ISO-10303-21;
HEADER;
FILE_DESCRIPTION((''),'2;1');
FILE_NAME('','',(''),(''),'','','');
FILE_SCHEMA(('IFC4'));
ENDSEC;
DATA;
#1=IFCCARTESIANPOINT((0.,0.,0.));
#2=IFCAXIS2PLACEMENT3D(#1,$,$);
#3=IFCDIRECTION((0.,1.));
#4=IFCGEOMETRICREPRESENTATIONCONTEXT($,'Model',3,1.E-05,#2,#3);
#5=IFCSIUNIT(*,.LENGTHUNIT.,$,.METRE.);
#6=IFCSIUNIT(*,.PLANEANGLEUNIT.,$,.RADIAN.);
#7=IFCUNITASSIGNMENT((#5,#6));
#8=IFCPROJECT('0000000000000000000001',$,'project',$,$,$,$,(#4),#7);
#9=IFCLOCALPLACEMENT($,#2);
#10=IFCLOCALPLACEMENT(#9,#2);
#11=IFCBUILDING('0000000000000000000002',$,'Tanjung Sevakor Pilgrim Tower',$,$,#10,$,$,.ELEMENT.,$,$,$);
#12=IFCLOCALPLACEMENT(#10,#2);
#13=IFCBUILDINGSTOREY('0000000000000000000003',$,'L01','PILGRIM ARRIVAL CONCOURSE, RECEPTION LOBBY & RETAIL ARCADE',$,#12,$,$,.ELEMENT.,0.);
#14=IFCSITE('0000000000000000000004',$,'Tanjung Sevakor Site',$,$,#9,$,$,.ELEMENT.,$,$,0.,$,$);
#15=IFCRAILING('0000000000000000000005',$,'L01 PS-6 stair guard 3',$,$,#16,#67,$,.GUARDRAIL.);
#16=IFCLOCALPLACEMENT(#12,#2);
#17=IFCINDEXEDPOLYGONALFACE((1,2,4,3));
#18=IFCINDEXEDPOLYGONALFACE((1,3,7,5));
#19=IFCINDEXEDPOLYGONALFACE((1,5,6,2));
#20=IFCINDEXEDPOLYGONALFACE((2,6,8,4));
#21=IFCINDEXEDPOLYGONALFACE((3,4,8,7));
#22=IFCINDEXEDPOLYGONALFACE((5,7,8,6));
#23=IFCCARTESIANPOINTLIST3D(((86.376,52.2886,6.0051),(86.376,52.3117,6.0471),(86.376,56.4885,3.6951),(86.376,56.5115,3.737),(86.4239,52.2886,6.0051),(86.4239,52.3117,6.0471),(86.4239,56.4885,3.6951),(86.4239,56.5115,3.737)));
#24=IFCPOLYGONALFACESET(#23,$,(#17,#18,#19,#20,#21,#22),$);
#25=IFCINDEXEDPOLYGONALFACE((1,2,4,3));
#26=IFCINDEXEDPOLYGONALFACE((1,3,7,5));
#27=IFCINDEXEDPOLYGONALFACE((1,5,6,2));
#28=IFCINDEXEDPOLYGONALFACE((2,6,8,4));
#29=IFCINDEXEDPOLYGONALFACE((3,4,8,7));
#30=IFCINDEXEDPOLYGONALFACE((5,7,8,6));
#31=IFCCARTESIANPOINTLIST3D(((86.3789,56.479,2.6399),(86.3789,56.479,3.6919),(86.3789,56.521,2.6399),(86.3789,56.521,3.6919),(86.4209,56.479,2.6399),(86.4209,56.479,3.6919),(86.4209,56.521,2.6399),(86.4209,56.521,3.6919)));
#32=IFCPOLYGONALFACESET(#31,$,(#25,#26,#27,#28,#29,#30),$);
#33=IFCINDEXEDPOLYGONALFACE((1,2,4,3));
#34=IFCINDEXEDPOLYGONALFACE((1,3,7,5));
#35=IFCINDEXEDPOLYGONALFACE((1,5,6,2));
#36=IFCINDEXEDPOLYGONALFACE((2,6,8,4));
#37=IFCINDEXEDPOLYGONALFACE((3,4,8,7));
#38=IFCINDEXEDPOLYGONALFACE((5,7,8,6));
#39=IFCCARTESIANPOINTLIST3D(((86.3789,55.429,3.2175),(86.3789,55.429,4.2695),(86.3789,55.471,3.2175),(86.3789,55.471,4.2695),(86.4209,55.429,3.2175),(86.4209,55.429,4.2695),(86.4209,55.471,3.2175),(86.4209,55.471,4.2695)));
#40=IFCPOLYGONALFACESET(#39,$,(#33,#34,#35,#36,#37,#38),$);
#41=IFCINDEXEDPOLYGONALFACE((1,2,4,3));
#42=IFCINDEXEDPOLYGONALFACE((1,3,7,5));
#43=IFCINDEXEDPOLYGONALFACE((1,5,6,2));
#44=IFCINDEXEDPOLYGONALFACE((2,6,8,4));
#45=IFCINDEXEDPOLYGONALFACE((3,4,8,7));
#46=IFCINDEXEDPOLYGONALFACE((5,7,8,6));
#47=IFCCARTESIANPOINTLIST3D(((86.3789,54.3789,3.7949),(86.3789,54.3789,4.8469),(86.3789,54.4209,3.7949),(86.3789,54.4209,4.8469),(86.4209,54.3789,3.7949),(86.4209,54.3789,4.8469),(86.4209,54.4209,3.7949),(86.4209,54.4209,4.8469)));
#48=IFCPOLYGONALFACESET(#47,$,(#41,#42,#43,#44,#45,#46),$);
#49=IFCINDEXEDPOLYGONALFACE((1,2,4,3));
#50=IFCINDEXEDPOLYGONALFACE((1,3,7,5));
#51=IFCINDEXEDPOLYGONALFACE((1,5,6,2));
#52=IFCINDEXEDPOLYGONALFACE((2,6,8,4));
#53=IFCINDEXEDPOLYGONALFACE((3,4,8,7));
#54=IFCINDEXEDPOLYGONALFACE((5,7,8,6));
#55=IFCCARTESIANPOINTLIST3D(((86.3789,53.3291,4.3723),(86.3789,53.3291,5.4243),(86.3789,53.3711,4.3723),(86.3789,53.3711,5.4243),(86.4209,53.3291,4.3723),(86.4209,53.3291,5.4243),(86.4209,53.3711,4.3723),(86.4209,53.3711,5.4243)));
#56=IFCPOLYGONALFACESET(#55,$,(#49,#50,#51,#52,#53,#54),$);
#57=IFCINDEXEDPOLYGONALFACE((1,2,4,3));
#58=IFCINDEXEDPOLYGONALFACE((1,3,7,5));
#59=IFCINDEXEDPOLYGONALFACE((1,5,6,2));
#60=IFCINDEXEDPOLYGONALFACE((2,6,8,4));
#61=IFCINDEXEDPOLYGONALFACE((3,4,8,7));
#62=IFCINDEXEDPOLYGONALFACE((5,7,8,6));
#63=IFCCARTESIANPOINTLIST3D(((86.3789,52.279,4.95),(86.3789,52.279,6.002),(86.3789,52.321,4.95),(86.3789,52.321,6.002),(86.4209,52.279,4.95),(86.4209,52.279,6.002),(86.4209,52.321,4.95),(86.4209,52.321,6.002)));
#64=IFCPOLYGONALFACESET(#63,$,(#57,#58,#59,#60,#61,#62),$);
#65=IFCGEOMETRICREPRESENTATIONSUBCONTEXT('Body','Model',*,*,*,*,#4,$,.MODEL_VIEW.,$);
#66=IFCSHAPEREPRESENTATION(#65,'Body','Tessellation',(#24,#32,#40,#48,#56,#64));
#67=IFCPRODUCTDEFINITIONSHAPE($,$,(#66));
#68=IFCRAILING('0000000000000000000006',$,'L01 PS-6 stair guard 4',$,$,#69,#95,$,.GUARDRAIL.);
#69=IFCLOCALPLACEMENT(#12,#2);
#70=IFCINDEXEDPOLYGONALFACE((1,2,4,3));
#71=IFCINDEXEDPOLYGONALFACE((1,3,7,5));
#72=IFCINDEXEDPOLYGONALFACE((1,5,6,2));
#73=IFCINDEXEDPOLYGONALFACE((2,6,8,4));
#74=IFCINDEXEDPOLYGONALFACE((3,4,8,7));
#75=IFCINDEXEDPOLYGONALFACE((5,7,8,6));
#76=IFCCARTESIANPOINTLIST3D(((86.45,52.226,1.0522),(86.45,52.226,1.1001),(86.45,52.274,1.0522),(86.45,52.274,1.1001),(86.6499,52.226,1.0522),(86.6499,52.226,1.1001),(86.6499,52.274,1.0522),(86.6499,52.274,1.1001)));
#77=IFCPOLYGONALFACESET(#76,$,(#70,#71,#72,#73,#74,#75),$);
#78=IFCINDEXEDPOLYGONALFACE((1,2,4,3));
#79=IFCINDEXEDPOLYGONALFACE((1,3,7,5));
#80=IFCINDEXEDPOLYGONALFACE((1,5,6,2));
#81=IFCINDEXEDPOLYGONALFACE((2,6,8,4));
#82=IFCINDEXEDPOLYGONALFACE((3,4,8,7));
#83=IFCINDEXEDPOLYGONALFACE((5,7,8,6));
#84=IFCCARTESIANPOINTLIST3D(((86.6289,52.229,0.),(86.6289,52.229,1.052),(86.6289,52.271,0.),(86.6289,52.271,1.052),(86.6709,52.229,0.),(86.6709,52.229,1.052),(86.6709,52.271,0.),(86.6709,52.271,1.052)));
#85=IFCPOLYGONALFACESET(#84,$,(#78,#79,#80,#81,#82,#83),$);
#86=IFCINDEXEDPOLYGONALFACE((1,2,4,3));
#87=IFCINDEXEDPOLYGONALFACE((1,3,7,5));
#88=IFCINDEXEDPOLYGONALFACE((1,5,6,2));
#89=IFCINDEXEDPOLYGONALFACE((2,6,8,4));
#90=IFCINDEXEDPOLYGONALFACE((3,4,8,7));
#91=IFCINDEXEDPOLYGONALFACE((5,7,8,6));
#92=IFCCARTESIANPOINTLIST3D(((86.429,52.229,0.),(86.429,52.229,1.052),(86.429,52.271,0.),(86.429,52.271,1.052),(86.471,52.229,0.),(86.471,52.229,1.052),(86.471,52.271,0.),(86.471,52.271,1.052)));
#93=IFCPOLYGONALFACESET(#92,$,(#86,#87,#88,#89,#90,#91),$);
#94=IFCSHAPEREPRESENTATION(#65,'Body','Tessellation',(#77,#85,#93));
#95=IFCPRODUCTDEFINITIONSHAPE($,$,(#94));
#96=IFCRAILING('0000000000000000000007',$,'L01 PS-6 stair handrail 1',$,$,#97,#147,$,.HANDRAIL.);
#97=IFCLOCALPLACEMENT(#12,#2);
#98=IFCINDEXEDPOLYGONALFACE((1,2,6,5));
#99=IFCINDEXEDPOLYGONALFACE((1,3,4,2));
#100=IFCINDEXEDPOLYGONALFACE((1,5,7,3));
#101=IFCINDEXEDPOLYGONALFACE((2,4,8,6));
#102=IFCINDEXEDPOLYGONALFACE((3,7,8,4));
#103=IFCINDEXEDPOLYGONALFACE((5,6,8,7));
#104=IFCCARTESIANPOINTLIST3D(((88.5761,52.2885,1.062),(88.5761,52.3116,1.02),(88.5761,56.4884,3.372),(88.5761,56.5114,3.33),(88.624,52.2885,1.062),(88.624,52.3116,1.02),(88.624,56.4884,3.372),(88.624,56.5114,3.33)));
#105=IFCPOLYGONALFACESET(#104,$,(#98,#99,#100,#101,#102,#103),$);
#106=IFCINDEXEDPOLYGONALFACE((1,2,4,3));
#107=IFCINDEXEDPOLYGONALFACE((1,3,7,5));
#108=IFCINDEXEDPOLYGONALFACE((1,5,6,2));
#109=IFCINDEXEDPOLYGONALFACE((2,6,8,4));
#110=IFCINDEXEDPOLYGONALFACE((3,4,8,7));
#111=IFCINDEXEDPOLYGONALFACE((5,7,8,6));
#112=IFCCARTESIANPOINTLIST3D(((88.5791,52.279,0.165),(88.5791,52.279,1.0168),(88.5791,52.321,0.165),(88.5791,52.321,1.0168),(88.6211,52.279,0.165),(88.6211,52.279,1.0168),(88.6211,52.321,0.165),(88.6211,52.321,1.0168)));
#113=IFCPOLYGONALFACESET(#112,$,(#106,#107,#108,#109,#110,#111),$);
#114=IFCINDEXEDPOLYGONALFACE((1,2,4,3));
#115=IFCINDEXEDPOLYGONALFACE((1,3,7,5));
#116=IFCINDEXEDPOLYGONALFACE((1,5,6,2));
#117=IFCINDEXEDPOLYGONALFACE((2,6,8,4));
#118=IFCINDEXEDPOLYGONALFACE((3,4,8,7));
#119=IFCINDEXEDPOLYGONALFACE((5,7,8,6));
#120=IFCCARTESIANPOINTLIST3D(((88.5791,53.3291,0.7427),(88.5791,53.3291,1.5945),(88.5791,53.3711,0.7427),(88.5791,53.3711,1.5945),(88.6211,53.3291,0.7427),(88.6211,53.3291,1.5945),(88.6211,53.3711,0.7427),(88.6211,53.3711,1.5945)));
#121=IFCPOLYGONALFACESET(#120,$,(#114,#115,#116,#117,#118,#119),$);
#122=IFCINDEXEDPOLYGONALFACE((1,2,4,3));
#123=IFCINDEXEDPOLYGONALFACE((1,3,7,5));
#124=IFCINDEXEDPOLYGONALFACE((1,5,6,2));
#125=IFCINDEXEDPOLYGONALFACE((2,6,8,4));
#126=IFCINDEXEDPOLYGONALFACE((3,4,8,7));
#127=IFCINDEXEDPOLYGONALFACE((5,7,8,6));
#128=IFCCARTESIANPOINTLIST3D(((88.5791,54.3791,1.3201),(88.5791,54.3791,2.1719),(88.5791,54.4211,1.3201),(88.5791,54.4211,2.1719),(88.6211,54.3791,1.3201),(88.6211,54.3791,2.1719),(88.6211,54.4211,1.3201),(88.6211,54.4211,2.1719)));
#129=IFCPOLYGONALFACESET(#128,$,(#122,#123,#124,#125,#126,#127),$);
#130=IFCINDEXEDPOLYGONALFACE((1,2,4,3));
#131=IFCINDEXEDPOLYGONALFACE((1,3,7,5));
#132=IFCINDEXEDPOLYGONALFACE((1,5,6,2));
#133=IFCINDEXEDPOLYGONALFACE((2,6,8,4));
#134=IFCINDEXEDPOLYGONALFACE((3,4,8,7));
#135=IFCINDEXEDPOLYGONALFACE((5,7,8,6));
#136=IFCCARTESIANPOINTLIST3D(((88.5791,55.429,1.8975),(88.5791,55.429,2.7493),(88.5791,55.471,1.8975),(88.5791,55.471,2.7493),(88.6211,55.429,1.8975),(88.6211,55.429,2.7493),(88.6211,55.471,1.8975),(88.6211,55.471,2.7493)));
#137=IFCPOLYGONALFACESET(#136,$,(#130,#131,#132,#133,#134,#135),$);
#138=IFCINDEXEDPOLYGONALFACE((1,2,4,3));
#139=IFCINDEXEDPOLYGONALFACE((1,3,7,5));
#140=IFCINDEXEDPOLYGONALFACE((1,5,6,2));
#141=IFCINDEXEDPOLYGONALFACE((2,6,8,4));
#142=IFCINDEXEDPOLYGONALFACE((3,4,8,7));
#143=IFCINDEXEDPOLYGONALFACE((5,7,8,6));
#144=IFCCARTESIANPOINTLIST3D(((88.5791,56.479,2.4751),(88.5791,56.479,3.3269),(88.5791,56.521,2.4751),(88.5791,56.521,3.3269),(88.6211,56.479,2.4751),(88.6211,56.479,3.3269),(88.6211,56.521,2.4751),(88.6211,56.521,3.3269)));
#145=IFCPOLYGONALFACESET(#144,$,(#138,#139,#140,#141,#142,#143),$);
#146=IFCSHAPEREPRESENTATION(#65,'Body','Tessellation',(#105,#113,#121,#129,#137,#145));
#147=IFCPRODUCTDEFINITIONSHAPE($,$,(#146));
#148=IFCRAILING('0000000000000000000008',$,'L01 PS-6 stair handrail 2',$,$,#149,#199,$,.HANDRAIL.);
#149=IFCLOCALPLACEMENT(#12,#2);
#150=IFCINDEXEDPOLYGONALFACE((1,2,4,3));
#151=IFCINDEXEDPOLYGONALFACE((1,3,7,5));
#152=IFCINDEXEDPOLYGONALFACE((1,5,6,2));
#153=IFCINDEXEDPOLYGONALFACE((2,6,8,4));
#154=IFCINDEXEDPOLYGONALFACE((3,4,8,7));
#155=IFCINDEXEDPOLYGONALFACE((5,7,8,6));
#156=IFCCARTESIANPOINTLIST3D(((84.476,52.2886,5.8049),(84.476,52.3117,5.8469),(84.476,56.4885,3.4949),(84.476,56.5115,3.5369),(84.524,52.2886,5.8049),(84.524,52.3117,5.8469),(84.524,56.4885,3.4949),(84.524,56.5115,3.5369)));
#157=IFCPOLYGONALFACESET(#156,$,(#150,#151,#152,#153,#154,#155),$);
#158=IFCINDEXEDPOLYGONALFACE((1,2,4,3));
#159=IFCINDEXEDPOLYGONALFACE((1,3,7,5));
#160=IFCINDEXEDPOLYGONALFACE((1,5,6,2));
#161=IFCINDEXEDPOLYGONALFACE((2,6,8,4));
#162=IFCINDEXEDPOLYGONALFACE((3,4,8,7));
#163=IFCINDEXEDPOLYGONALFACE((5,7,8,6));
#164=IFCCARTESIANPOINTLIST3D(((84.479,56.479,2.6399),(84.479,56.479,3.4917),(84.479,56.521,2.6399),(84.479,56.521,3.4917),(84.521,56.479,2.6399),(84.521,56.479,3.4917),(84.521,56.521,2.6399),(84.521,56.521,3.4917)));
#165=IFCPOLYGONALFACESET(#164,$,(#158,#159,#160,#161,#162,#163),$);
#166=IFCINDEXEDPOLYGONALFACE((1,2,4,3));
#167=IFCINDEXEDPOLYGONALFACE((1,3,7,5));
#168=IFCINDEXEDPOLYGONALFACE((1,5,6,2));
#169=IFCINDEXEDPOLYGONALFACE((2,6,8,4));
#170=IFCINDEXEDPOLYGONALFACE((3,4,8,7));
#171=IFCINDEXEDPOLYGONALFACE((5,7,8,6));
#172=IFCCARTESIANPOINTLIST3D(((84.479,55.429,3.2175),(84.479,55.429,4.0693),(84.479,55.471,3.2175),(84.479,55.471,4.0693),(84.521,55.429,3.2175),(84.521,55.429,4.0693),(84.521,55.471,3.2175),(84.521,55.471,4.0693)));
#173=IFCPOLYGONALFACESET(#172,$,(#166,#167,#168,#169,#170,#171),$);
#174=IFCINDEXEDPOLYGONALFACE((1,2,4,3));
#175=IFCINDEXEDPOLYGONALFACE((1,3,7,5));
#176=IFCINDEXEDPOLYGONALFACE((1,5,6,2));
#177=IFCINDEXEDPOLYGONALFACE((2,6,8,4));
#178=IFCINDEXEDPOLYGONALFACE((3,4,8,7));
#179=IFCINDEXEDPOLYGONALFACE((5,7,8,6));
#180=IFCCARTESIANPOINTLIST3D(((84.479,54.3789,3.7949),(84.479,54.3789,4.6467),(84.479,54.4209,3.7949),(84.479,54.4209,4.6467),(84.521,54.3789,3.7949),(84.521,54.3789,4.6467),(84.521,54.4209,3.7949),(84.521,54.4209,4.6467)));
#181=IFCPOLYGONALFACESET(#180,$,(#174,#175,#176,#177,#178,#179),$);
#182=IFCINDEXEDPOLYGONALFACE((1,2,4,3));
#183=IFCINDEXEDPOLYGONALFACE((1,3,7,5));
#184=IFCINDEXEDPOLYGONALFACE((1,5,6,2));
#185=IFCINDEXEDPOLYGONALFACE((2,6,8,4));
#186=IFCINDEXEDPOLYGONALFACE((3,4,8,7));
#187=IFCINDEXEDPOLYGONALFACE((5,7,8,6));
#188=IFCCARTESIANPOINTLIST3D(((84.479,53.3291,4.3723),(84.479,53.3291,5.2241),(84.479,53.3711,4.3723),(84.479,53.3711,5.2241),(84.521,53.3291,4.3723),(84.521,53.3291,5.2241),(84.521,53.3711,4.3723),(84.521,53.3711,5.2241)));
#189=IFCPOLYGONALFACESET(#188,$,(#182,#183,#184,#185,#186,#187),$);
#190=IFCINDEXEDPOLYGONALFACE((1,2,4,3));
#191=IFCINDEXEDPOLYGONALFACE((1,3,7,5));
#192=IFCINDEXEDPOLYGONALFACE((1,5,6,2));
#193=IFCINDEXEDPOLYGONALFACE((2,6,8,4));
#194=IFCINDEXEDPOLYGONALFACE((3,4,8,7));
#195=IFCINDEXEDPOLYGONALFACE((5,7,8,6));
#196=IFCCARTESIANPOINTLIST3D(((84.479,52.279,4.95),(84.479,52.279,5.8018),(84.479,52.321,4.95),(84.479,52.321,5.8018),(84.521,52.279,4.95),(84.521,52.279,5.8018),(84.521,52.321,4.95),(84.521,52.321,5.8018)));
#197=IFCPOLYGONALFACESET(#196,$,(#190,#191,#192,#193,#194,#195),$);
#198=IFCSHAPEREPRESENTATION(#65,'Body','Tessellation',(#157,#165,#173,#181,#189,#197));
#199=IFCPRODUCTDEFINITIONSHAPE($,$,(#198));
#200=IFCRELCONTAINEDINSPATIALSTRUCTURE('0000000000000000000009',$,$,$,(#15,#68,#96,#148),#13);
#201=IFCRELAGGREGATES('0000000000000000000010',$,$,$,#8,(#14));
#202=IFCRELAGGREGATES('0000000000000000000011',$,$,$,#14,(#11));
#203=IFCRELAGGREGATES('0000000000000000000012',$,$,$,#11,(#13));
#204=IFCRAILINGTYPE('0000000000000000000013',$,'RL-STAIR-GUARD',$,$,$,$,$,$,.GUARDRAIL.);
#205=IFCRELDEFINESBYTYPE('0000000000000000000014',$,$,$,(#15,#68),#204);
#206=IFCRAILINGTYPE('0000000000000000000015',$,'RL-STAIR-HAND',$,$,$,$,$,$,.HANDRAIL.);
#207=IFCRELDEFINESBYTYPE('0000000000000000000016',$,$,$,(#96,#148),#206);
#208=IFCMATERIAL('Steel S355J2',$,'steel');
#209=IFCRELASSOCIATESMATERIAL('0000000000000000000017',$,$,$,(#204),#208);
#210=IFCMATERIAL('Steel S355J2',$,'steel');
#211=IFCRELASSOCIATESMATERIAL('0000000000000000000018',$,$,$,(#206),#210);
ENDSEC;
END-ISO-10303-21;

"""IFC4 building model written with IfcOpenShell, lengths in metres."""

from ifc_helpers import new_model, si_unit, direction, frame, origin, place, context, subcontext, project, spatial, rectangle, extrude, material, type_object, element, save


model = new_model("IFC4")

# Units and contexts
model_context = context("Model", 3, precision=1e-05, world=origin(), true_north=direction((0.0, 1.0)))
body_context = subcontext(model_context, "Body", "Model", "MODEL_VIEW")
ifc_project = project(units=[si_unit("LENGTHUNIT", "METRE"), si_unit("PLANEANGLEUNIT", "RADIAN")], contexts=[model_context])

# Site, building, storey
site_placement = place(None, origin())
site = spatial("IfcSite", under=ifc_project, at=site_placement, Name="Tanjung Sevakor Site", CompositionType="ELEMENT", RefElevation=0.0)
building_placement = place(site_placement, origin())
building = spatial("IfcBuilding", under=site, at=building_placement, Name="Tanjung Sevakor Pilgrim Tower", CompositionType="ELEMENT")
storey_placement = place(building_placement, origin())
storey = spatial("IfcBuildingStorey", under=building, at=storey_placement, Name="L01", Description="PILGRIM ARRIVAL CONCOURSE, RECEPTION LOBBY & RETAIL ARCADE", CompositionType="ELEMENT", Elevation=0.0)

# Railings
ifc_material_1 = material(Name="Steel S355J2", Category="steel")
railing_type_1 = type_object("IfcRailingType", Name="RL-STAIR-GUARD", PredefinedType="GUARDRAIL", material=ifc_material_1)
railing_1_placement = place(storey_placement, frame((86.3999, 56.5, 2.6399)))
element("IfcRailing", 1, at=railing_1_placement, inside=storey, type_object=railing_type_1, Name="L01 PS-6 stair guard 3", PredefinedType="GUARDRAIL", context=body_context, shape_type="SweptSolid", body=[
    extrude(rectangle(XDim=0.0479, YDim=0.0479), frame((0.0, 0.0, 1.0762), z_axis=(0.0, -0.876208, 0.481932), x_axis=(1.0, 0.0, 0.0)), (0.0, 0.0, 1.0), 4.7932),
    extrude(rectangle(XDim=0.042, YDim=0.042), origin(), (0.0, 0.0, 1.0), 1.052),
    extrude(rectangle(XDim=0.042, YDim=0.042), frame((0.0, -1.05, 0.5776)), (0.0, 0.0, 1.0), 1.052),
    extrude(rectangle(XDim=0.042, YDim=0.042), frame((0.0, -2.1001, 1.155)), (0.0, 0.0, 1.0), 1.052),
    extrude(rectangle(XDim=0.042, YDim=0.042), frame((0.0, -3.1499, 1.7324)), (0.0, 0.0, 1.0), 1.052),
    extrude(rectangle(XDim=0.042, YDim=0.042), frame((0.0, -4.2, 2.3101)), (0.0, 0.0, 1.0), 1.052),
])
railing_2_placement = place(storey_placement, frame((86.6499, 52.25, 0.0)))
element("IfcRailing", 2, at=railing_2_placement, inside=storey, type_object=railing_type_1, Name="L01 PS-6 stair guard 4", PredefinedType="GUARDRAIL", context=body_context, shape_type="SweptSolid", body=[
    extrude(rectangle(XDim=0.0479, YDim=0.0479), frame((0.0, 0.0, 1.0762), z_axis=(-1.0, 0.0, 0.0), x_axis=(0.0, -1.0, 0.0)), (0.0, 0.0, 1.0), 0.2),
    extrude(rectangle(XDim=0.042, YDim=0.042), origin(), (0.0, 0.0, 1.0), 1.052),
    extrude(rectangle(XDim=0.042, YDim=0.042), frame((-0.2, 0.0, 0.0)), (0.0, 0.0, 1.0), 1.052),
])
ifc_material_2 = material(Name="Steel S355J2", Category="steel")
railing_type_2 = type_object("IfcRailingType", Name="RL-STAIR-HAND", PredefinedType="HANDRAIL", material=ifc_material_2)
railing_3_placement = place(storey_placement, frame((88.6001, 52.3, 0.165)))
element("IfcRailing", 3, at=railing_3_placement, inside=storey, type_object=railing_type_2, Name="L01 PS-6 stair handrail 1", PredefinedType="HANDRAIL", context=body_context, shape_type="SweptSolid", body=[
    extrude(rectangle(XDim=0.0479, YDim=0.0479), frame((0.0, 0.0, 0.876), z_axis=(0.0, 0.876208, 0.481932), x_axis=(-1.0, 0.0, 0.0)), (0.0, 0.0, 1.0), 4.7932),
    extrude(rectangle(XDim=0.042, YDim=0.042), origin(), (0.0, 0.0, 1.0), 0.8518),
    extrude(rectangle(XDim=0.042, YDim=0.042), frame((0.0, 1.05, 0.5776)), (0.0, 0.0, 1.0), 0.8518),
    extrude(rectangle(XDim=0.042, YDim=0.042), frame((0.0, 2.1001, 1.155)), (0.0, 0.0, 1.0), 0.8518),
    extrude(rectangle(XDim=0.042, YDim=0.042), frame((0.0, 3.1499, 1.7324)), (0.0, 0.0, 1.0), 0.8518),
    extrude(rectangle(XDim=0.042, YDim=0.042), frame((0.0, 4.2, 2.3101)), (0.0, 0.0, 1.0), 0.8518),
])
railing_4_placement = place(storey_placement, frame((84.5, 56.5, 2.6399)))
element("IfcRailing", 4, at=railing_4_placement, inside=storey, type_object=railing_type_2, Name="L01 PS-6 stair handrail 2", PredefinedType="HANDRAIL", context=body_context, shape_type="SweptSolid", body=[
    extrude(rectangle(XDim=0.0479, YDim=0.0479), frame((0.0, 0.0, 0.876), z_axis=(0.0, -0.876208, 0.481932), x_axis=(1.0, 0.0, 0.0)), (0.0, 0.0, 1.0), 4.7932),
    extrude(rectangle(XDim=0.042, YDim=0.042), origin(), (0.0, 0.0, 1.0), 0.8518),
    extrude(rectangle(XDim=0.042, YDim=0.042), frame((0.0, -1.05, 0.5776)), (0.0, 0.0, 1.0), 0.8518),
    extrude(rectangle(XDim=0.042, YDim=0.042), frame((0.0, -2.1001, 1.155)), (0.0, 0.0, 1.0), 0.8518),
    extrude(rectangle(XDim=0.042, YDim=0.042), frame((0.0, -3.1499, 1.7324)), (0.0, 0.0, 1.0), 0.8518),
    extrude(rectangle(XDim=0.042, YDim=0.042), frame((0.0, -4.2, 2.3101)), (0.0, 0.0, 1.0), 0.8518),
])

save(model, "model.ifc")
